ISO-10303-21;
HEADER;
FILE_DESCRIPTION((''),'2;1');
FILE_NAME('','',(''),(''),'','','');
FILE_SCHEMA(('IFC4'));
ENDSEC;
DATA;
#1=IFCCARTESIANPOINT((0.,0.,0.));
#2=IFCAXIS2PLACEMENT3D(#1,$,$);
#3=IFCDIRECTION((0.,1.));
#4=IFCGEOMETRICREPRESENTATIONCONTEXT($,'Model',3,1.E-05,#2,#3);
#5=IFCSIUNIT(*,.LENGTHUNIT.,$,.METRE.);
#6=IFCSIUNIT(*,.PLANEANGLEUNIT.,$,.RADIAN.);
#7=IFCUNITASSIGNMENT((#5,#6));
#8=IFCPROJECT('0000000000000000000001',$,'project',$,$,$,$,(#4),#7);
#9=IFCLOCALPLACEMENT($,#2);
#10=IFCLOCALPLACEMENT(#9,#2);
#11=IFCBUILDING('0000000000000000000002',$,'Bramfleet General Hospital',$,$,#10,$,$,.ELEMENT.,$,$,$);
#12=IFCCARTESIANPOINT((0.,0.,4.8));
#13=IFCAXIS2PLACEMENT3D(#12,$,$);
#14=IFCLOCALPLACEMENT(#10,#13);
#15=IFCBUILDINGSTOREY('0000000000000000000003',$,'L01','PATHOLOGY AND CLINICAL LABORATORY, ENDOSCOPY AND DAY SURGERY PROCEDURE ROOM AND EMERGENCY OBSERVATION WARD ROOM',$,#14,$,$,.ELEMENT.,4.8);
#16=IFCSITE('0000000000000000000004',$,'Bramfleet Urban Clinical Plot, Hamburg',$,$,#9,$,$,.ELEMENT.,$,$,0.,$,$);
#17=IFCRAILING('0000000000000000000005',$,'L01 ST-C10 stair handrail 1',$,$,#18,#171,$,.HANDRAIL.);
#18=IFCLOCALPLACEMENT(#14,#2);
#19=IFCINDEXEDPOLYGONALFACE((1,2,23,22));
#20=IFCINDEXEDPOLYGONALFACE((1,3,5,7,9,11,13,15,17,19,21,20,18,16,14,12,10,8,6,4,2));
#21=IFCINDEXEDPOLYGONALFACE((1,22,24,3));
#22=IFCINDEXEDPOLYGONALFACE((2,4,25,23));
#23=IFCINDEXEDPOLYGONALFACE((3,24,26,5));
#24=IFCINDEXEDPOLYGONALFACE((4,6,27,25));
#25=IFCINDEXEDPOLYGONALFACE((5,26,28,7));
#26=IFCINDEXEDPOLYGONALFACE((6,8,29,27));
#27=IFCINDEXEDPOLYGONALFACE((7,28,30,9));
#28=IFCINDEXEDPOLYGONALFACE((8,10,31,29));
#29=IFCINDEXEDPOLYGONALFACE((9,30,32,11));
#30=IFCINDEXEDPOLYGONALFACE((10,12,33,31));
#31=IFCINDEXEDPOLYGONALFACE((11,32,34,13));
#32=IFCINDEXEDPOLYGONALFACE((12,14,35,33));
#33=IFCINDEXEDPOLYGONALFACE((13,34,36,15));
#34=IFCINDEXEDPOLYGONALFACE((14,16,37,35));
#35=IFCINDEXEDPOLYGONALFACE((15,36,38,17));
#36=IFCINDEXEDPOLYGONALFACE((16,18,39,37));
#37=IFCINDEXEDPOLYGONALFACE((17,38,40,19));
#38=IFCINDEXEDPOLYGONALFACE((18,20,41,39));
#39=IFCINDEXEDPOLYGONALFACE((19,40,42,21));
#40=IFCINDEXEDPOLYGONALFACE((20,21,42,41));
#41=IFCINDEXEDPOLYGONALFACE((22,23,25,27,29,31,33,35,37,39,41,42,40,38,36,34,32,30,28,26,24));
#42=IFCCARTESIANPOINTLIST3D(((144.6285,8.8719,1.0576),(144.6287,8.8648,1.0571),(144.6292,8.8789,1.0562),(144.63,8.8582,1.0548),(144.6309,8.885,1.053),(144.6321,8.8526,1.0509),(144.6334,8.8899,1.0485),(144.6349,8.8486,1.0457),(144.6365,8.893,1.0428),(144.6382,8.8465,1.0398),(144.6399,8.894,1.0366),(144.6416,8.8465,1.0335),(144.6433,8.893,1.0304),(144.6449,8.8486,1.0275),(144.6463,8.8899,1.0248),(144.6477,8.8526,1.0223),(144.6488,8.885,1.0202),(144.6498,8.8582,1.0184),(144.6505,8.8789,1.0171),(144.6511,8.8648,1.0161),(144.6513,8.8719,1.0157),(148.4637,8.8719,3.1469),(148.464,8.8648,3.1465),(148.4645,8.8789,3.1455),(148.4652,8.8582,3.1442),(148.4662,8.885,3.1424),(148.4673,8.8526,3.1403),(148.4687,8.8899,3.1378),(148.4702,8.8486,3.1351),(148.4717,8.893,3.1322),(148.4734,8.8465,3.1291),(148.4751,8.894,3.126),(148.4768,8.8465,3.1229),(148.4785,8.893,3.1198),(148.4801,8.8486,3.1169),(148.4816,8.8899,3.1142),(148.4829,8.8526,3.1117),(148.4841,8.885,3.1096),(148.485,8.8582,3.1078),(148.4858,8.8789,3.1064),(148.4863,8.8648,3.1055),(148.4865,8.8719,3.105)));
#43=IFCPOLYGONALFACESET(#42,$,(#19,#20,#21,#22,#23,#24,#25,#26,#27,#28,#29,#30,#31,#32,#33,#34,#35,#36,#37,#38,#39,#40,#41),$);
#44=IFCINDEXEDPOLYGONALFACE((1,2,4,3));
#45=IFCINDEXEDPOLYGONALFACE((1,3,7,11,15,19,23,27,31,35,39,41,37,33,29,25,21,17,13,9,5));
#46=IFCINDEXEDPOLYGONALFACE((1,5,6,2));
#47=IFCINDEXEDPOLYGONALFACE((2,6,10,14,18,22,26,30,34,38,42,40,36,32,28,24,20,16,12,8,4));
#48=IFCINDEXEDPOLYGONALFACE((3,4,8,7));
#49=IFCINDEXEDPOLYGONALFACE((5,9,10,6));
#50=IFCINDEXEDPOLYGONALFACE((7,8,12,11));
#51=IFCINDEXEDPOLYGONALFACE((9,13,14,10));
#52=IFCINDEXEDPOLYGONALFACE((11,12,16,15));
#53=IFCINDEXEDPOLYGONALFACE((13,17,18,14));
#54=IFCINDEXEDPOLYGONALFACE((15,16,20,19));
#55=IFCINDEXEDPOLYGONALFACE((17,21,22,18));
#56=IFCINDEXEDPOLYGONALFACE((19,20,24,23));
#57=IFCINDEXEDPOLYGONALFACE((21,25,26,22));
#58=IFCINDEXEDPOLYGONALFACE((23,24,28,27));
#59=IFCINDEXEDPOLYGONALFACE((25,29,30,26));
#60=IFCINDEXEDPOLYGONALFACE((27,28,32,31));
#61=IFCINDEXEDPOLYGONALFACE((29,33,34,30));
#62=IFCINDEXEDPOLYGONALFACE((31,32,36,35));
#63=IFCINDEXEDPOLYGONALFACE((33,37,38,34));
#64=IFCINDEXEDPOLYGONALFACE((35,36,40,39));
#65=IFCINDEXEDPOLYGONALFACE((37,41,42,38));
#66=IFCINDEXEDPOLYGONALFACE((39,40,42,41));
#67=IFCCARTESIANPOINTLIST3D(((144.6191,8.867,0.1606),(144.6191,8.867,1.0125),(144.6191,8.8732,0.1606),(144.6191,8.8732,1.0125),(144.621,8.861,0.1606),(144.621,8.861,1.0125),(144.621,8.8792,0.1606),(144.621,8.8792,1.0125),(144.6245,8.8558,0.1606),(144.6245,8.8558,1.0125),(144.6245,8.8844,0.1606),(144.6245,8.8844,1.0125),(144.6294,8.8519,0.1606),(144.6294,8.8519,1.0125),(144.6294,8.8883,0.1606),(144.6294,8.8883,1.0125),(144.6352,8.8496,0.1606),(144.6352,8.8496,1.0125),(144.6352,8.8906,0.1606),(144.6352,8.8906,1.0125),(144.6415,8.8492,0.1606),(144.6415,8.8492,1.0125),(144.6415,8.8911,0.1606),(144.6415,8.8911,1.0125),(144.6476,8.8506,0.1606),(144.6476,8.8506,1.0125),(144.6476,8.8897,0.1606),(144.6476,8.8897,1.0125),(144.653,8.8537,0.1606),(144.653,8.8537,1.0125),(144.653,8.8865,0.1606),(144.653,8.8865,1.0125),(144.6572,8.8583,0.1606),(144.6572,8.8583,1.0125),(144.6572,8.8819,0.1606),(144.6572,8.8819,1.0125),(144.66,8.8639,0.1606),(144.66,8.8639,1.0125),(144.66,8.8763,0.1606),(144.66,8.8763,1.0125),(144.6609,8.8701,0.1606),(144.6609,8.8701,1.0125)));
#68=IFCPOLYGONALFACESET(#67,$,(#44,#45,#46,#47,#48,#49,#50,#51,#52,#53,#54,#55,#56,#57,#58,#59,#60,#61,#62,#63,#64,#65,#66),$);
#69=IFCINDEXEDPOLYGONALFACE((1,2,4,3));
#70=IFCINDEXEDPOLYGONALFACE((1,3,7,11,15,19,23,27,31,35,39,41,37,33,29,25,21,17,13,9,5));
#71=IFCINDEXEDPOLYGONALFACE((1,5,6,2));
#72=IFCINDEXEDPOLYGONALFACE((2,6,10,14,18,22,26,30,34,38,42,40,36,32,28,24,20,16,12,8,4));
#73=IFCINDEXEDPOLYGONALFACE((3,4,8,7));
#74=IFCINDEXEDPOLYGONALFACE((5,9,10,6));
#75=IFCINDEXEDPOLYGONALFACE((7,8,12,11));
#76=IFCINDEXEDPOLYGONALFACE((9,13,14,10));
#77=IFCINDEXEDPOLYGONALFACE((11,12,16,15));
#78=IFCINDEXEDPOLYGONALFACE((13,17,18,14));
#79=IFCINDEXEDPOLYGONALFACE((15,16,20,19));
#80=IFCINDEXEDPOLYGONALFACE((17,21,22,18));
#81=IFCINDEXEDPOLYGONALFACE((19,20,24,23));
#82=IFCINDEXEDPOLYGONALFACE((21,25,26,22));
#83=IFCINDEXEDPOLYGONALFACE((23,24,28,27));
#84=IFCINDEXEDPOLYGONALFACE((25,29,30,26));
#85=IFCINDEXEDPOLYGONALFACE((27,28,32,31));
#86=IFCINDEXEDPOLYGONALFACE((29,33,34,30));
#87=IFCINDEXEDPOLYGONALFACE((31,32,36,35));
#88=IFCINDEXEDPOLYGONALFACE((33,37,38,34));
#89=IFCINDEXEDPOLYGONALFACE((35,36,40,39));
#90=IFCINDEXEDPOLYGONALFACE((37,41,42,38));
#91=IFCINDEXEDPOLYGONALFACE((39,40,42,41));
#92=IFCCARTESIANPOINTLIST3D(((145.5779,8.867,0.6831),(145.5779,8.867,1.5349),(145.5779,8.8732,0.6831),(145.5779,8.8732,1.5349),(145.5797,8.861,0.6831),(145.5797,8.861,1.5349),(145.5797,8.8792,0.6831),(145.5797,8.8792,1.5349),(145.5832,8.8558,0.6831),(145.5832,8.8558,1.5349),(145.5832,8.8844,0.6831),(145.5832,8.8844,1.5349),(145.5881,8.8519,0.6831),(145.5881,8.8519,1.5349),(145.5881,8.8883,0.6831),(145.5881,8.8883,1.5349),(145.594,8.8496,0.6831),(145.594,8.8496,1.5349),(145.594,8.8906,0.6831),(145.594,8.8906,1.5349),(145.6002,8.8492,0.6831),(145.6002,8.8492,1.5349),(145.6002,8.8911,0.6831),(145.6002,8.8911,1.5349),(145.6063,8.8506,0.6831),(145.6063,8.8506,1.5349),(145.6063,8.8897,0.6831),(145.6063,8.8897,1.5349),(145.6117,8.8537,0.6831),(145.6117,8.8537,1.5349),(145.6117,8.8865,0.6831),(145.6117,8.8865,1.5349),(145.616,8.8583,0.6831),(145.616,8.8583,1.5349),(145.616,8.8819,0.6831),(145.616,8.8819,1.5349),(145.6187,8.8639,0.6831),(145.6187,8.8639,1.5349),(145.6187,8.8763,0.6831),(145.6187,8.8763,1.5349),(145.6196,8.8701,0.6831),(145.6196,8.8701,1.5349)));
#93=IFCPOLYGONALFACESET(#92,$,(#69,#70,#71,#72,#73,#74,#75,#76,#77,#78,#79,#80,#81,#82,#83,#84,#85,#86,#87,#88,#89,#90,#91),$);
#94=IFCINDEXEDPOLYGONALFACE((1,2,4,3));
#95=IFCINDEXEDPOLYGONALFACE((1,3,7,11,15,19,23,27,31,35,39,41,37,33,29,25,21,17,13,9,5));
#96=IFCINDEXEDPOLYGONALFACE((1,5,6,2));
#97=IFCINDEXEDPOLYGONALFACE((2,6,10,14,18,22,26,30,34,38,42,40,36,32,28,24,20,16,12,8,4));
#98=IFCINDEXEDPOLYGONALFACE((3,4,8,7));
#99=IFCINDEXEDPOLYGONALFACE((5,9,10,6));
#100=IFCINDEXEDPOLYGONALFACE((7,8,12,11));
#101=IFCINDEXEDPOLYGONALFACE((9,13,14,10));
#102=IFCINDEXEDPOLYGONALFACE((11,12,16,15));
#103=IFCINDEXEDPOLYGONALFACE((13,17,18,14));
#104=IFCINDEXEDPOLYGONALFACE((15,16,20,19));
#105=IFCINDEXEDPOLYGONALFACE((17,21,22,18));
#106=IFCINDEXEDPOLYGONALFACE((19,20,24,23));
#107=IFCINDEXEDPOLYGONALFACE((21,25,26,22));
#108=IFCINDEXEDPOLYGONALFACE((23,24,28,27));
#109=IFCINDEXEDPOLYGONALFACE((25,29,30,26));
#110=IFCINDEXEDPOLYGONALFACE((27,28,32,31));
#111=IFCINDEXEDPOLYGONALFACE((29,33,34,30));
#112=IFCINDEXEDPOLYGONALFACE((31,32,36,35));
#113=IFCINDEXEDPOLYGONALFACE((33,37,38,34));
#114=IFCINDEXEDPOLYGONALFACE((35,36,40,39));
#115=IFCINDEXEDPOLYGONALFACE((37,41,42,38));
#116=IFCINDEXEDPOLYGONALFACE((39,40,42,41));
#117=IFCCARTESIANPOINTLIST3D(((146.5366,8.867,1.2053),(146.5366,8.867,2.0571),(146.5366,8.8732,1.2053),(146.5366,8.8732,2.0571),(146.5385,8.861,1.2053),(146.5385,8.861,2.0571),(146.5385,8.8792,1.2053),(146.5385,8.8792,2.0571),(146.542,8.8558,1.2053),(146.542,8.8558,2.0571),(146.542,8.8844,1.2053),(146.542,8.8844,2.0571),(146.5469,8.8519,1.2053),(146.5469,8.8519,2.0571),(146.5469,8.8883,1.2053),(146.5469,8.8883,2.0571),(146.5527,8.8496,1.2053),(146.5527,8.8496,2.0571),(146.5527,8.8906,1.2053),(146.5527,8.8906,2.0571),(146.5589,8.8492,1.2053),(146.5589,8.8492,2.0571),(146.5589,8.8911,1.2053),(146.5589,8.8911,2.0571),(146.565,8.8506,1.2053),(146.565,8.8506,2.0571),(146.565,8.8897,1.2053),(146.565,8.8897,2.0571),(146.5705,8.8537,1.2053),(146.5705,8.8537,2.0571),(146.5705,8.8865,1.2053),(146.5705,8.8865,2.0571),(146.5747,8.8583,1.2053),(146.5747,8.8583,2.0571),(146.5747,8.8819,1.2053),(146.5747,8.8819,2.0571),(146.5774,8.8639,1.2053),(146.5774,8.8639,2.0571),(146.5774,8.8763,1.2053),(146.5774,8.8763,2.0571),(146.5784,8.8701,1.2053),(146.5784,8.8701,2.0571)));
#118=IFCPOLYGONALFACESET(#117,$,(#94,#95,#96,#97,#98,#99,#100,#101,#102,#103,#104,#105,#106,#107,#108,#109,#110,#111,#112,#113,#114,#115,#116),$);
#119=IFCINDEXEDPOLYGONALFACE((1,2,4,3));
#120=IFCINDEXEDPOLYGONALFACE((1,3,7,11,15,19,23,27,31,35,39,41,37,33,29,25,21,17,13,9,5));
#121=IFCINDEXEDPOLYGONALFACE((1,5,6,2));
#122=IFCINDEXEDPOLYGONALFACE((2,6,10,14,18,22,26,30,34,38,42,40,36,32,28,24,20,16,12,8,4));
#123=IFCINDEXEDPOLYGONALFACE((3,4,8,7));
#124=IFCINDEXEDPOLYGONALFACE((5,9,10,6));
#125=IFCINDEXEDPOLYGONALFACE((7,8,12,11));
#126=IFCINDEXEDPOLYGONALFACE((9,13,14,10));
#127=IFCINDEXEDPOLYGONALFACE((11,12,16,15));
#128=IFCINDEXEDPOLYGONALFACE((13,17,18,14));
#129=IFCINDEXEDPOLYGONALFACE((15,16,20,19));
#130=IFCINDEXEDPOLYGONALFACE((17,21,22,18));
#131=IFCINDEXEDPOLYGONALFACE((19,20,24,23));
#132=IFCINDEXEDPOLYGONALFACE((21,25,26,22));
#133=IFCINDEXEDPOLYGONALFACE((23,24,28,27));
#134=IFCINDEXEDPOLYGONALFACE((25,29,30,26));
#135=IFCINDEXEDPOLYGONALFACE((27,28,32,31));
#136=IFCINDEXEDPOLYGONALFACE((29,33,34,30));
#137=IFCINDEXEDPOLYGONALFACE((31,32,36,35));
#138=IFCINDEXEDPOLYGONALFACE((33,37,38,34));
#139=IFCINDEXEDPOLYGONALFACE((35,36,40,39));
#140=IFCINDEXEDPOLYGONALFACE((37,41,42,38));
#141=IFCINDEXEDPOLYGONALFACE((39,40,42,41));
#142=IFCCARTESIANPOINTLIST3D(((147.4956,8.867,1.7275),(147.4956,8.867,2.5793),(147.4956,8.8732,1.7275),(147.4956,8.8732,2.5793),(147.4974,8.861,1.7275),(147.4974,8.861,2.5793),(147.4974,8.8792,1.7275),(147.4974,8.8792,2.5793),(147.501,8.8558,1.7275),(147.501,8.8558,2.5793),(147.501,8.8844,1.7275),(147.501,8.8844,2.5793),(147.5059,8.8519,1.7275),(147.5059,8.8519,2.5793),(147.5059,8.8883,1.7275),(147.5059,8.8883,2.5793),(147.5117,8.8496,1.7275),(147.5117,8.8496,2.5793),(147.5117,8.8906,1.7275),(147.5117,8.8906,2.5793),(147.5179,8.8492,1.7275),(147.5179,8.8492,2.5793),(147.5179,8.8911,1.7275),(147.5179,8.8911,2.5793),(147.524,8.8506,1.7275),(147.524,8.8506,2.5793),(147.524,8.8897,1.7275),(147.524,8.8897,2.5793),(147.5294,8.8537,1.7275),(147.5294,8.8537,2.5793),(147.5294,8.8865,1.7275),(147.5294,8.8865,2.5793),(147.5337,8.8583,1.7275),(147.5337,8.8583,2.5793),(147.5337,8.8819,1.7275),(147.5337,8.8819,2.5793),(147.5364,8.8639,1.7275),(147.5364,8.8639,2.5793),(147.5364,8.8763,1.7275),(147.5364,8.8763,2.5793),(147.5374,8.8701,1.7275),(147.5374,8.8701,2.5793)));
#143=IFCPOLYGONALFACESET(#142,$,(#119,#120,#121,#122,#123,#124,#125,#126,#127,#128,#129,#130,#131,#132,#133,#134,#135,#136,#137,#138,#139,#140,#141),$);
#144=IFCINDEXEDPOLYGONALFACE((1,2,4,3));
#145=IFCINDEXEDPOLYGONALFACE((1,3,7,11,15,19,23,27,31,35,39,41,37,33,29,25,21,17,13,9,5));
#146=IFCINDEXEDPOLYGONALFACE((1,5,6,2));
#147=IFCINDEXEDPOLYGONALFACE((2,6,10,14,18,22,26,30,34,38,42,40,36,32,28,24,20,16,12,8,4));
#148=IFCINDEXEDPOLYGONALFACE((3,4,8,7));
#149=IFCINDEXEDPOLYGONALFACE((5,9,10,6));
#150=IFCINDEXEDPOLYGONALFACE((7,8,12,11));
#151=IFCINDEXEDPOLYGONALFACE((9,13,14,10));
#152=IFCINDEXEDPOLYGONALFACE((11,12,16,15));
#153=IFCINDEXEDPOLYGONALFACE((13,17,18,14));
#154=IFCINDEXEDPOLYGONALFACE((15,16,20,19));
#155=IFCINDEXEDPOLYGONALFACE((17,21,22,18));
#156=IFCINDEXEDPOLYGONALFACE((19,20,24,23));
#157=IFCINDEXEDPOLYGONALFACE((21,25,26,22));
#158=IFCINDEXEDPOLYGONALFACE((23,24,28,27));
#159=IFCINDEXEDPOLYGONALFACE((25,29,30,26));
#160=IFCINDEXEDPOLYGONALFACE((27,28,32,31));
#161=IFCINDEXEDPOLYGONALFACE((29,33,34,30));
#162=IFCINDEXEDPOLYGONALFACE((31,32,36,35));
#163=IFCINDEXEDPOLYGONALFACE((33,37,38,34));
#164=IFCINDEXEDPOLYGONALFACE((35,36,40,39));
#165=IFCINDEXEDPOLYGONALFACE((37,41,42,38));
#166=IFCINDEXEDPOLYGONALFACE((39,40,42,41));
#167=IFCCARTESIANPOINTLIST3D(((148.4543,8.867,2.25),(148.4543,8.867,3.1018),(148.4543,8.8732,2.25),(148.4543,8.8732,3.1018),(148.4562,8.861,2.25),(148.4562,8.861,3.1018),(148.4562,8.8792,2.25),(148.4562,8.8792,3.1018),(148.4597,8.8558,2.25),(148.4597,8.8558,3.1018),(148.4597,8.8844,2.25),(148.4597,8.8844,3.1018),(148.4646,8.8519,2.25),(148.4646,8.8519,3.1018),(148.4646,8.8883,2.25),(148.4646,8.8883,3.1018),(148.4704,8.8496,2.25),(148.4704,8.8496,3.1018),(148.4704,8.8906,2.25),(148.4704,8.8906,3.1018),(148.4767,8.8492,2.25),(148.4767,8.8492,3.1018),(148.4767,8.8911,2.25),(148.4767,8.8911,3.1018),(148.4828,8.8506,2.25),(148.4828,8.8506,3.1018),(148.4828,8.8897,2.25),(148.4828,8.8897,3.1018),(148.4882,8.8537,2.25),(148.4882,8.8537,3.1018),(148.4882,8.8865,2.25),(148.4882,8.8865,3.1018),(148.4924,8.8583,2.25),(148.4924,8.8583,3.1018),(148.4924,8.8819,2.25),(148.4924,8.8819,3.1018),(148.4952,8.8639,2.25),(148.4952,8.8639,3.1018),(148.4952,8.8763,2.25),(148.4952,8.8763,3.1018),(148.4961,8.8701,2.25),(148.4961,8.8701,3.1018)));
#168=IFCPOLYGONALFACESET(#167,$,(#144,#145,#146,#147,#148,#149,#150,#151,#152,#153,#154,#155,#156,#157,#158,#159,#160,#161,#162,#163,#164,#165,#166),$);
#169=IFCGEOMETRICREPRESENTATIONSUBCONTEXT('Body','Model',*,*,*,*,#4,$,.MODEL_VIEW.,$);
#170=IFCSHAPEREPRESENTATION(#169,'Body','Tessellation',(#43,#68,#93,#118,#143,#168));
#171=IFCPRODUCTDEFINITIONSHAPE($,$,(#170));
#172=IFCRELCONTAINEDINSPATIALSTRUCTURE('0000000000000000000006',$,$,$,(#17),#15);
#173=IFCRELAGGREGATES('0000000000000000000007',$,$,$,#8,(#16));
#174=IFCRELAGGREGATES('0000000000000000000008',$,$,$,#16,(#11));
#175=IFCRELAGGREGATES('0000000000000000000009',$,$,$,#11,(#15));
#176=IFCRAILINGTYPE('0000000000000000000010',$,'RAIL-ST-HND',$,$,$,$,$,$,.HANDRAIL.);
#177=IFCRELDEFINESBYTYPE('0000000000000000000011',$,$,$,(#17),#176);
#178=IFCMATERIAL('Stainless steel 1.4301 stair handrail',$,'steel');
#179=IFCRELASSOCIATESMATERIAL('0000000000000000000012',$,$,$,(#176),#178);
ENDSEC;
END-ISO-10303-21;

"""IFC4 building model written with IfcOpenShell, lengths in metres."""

from ifc_helpers import new_model, si_unit, direction, frame, origin, origin_2d, place, context, subcontext, project, spatial, circle, extrude, material, type_object, element, save


model = new_model("IFC4")

# Units and contexts
model_context = context("Model", 3, precision=1e-05, world=origin(), true_north=direction((0.0, 1.0)))
body_context = subcontext(model_context, "Body", "Model", "MODEL_VIEW")
ifc_project = project(units=[si_unit("LENGTHUNIT", "METRE"), si_unit("PLANEANGLEUNIT", "RADIAN")], contexts=[model_context])

# Site, building, storey
site_placement = place(None, origin())
site = spatial("IfcSite", under=ifc_project, at=site_placement, Name="Bramfleet Urban Clinical Plot, Hamburg", CompositionType="ELEMENT", RefElevation=0.0)
building_placement = place(site_placement, origin())
building = spatial("IfcBuilding", under=site, at=building_placement, Name="Bramfleet General Hospital", CompositionType="ELEMENT")
storey_placement = place(building_placement, frame((0.0, 0.0, 4.8)))
storey = spatial("IfcBuildingStorey", under=building, at=storey_placement, Name="L01", Description="PATHOLOGY AND CLINICAL LABORATORY, ENDOSCOPY AND DAY SURGERY PROCEDURE ROOM AND EMERGENCY OBSERVATION WARD ROOM", CompositionType="ELEMENT", Elevation=4.8)

# Railing
ifc_material_1 = material(Name="Stainless steel 1.4301 stair handrail", Category="steel")
railing_type_1 = type_object("IfcRailingType", Name="RAIL-ST-HND", PredefinedType="HANDRAIL", material=ifc_material_1)
railing_1_placement = place(storey_placement, frame((144.6399, 8.8701, 0.1606)))
element("IfcRailing", 1, at=railing_1_placement, inside=storey, type_object=railing_type_1, Name="L01 ST-C10 stair handrail 1", PredefinedType="HANDRAIL", context=body_context, shape_type="SweptSolid", body=[
    extrude(circle(Radius=0.0239, at=origin_2d()), frame((0.0, 0.0, 0.876), z_axis=(0.878143, 0.0, 0.478398), x_axis=(0.0, 1.0, 0.0)), (0.0, 0.0, 1.0), 4.3674),
    extrude(circle(Radius=0.021, at=origin_2d()), origin(), (0.0, 0.0, 1.0), 0.8518),
    extrude(circle(Radius=0.021, at=origin_2d()), frame((0.9587, 0.0, 0.5225)), (0.0, 0.0, 1.0), 0.8518),
    extrude(circle(Radius=0.021, at=origin_2d()), frame((1.9175, 0.0, 1.0447)), (0.0, 0.0, 1.0), 0.8518),
    extrude(circle(Radius=0.021, at=origin_2d()), frame((2.8765, 0.0, 1.5669)), (0.0, 0.0, 1.0), 0.8518),
    extrude(circle(Radius=0.021, at=origin_2d()), frame((3.8352, 0.0, 2.0894)), (0.0, 0.0, 1.0), 0.8518),
])

save(model, "model.ifc")
